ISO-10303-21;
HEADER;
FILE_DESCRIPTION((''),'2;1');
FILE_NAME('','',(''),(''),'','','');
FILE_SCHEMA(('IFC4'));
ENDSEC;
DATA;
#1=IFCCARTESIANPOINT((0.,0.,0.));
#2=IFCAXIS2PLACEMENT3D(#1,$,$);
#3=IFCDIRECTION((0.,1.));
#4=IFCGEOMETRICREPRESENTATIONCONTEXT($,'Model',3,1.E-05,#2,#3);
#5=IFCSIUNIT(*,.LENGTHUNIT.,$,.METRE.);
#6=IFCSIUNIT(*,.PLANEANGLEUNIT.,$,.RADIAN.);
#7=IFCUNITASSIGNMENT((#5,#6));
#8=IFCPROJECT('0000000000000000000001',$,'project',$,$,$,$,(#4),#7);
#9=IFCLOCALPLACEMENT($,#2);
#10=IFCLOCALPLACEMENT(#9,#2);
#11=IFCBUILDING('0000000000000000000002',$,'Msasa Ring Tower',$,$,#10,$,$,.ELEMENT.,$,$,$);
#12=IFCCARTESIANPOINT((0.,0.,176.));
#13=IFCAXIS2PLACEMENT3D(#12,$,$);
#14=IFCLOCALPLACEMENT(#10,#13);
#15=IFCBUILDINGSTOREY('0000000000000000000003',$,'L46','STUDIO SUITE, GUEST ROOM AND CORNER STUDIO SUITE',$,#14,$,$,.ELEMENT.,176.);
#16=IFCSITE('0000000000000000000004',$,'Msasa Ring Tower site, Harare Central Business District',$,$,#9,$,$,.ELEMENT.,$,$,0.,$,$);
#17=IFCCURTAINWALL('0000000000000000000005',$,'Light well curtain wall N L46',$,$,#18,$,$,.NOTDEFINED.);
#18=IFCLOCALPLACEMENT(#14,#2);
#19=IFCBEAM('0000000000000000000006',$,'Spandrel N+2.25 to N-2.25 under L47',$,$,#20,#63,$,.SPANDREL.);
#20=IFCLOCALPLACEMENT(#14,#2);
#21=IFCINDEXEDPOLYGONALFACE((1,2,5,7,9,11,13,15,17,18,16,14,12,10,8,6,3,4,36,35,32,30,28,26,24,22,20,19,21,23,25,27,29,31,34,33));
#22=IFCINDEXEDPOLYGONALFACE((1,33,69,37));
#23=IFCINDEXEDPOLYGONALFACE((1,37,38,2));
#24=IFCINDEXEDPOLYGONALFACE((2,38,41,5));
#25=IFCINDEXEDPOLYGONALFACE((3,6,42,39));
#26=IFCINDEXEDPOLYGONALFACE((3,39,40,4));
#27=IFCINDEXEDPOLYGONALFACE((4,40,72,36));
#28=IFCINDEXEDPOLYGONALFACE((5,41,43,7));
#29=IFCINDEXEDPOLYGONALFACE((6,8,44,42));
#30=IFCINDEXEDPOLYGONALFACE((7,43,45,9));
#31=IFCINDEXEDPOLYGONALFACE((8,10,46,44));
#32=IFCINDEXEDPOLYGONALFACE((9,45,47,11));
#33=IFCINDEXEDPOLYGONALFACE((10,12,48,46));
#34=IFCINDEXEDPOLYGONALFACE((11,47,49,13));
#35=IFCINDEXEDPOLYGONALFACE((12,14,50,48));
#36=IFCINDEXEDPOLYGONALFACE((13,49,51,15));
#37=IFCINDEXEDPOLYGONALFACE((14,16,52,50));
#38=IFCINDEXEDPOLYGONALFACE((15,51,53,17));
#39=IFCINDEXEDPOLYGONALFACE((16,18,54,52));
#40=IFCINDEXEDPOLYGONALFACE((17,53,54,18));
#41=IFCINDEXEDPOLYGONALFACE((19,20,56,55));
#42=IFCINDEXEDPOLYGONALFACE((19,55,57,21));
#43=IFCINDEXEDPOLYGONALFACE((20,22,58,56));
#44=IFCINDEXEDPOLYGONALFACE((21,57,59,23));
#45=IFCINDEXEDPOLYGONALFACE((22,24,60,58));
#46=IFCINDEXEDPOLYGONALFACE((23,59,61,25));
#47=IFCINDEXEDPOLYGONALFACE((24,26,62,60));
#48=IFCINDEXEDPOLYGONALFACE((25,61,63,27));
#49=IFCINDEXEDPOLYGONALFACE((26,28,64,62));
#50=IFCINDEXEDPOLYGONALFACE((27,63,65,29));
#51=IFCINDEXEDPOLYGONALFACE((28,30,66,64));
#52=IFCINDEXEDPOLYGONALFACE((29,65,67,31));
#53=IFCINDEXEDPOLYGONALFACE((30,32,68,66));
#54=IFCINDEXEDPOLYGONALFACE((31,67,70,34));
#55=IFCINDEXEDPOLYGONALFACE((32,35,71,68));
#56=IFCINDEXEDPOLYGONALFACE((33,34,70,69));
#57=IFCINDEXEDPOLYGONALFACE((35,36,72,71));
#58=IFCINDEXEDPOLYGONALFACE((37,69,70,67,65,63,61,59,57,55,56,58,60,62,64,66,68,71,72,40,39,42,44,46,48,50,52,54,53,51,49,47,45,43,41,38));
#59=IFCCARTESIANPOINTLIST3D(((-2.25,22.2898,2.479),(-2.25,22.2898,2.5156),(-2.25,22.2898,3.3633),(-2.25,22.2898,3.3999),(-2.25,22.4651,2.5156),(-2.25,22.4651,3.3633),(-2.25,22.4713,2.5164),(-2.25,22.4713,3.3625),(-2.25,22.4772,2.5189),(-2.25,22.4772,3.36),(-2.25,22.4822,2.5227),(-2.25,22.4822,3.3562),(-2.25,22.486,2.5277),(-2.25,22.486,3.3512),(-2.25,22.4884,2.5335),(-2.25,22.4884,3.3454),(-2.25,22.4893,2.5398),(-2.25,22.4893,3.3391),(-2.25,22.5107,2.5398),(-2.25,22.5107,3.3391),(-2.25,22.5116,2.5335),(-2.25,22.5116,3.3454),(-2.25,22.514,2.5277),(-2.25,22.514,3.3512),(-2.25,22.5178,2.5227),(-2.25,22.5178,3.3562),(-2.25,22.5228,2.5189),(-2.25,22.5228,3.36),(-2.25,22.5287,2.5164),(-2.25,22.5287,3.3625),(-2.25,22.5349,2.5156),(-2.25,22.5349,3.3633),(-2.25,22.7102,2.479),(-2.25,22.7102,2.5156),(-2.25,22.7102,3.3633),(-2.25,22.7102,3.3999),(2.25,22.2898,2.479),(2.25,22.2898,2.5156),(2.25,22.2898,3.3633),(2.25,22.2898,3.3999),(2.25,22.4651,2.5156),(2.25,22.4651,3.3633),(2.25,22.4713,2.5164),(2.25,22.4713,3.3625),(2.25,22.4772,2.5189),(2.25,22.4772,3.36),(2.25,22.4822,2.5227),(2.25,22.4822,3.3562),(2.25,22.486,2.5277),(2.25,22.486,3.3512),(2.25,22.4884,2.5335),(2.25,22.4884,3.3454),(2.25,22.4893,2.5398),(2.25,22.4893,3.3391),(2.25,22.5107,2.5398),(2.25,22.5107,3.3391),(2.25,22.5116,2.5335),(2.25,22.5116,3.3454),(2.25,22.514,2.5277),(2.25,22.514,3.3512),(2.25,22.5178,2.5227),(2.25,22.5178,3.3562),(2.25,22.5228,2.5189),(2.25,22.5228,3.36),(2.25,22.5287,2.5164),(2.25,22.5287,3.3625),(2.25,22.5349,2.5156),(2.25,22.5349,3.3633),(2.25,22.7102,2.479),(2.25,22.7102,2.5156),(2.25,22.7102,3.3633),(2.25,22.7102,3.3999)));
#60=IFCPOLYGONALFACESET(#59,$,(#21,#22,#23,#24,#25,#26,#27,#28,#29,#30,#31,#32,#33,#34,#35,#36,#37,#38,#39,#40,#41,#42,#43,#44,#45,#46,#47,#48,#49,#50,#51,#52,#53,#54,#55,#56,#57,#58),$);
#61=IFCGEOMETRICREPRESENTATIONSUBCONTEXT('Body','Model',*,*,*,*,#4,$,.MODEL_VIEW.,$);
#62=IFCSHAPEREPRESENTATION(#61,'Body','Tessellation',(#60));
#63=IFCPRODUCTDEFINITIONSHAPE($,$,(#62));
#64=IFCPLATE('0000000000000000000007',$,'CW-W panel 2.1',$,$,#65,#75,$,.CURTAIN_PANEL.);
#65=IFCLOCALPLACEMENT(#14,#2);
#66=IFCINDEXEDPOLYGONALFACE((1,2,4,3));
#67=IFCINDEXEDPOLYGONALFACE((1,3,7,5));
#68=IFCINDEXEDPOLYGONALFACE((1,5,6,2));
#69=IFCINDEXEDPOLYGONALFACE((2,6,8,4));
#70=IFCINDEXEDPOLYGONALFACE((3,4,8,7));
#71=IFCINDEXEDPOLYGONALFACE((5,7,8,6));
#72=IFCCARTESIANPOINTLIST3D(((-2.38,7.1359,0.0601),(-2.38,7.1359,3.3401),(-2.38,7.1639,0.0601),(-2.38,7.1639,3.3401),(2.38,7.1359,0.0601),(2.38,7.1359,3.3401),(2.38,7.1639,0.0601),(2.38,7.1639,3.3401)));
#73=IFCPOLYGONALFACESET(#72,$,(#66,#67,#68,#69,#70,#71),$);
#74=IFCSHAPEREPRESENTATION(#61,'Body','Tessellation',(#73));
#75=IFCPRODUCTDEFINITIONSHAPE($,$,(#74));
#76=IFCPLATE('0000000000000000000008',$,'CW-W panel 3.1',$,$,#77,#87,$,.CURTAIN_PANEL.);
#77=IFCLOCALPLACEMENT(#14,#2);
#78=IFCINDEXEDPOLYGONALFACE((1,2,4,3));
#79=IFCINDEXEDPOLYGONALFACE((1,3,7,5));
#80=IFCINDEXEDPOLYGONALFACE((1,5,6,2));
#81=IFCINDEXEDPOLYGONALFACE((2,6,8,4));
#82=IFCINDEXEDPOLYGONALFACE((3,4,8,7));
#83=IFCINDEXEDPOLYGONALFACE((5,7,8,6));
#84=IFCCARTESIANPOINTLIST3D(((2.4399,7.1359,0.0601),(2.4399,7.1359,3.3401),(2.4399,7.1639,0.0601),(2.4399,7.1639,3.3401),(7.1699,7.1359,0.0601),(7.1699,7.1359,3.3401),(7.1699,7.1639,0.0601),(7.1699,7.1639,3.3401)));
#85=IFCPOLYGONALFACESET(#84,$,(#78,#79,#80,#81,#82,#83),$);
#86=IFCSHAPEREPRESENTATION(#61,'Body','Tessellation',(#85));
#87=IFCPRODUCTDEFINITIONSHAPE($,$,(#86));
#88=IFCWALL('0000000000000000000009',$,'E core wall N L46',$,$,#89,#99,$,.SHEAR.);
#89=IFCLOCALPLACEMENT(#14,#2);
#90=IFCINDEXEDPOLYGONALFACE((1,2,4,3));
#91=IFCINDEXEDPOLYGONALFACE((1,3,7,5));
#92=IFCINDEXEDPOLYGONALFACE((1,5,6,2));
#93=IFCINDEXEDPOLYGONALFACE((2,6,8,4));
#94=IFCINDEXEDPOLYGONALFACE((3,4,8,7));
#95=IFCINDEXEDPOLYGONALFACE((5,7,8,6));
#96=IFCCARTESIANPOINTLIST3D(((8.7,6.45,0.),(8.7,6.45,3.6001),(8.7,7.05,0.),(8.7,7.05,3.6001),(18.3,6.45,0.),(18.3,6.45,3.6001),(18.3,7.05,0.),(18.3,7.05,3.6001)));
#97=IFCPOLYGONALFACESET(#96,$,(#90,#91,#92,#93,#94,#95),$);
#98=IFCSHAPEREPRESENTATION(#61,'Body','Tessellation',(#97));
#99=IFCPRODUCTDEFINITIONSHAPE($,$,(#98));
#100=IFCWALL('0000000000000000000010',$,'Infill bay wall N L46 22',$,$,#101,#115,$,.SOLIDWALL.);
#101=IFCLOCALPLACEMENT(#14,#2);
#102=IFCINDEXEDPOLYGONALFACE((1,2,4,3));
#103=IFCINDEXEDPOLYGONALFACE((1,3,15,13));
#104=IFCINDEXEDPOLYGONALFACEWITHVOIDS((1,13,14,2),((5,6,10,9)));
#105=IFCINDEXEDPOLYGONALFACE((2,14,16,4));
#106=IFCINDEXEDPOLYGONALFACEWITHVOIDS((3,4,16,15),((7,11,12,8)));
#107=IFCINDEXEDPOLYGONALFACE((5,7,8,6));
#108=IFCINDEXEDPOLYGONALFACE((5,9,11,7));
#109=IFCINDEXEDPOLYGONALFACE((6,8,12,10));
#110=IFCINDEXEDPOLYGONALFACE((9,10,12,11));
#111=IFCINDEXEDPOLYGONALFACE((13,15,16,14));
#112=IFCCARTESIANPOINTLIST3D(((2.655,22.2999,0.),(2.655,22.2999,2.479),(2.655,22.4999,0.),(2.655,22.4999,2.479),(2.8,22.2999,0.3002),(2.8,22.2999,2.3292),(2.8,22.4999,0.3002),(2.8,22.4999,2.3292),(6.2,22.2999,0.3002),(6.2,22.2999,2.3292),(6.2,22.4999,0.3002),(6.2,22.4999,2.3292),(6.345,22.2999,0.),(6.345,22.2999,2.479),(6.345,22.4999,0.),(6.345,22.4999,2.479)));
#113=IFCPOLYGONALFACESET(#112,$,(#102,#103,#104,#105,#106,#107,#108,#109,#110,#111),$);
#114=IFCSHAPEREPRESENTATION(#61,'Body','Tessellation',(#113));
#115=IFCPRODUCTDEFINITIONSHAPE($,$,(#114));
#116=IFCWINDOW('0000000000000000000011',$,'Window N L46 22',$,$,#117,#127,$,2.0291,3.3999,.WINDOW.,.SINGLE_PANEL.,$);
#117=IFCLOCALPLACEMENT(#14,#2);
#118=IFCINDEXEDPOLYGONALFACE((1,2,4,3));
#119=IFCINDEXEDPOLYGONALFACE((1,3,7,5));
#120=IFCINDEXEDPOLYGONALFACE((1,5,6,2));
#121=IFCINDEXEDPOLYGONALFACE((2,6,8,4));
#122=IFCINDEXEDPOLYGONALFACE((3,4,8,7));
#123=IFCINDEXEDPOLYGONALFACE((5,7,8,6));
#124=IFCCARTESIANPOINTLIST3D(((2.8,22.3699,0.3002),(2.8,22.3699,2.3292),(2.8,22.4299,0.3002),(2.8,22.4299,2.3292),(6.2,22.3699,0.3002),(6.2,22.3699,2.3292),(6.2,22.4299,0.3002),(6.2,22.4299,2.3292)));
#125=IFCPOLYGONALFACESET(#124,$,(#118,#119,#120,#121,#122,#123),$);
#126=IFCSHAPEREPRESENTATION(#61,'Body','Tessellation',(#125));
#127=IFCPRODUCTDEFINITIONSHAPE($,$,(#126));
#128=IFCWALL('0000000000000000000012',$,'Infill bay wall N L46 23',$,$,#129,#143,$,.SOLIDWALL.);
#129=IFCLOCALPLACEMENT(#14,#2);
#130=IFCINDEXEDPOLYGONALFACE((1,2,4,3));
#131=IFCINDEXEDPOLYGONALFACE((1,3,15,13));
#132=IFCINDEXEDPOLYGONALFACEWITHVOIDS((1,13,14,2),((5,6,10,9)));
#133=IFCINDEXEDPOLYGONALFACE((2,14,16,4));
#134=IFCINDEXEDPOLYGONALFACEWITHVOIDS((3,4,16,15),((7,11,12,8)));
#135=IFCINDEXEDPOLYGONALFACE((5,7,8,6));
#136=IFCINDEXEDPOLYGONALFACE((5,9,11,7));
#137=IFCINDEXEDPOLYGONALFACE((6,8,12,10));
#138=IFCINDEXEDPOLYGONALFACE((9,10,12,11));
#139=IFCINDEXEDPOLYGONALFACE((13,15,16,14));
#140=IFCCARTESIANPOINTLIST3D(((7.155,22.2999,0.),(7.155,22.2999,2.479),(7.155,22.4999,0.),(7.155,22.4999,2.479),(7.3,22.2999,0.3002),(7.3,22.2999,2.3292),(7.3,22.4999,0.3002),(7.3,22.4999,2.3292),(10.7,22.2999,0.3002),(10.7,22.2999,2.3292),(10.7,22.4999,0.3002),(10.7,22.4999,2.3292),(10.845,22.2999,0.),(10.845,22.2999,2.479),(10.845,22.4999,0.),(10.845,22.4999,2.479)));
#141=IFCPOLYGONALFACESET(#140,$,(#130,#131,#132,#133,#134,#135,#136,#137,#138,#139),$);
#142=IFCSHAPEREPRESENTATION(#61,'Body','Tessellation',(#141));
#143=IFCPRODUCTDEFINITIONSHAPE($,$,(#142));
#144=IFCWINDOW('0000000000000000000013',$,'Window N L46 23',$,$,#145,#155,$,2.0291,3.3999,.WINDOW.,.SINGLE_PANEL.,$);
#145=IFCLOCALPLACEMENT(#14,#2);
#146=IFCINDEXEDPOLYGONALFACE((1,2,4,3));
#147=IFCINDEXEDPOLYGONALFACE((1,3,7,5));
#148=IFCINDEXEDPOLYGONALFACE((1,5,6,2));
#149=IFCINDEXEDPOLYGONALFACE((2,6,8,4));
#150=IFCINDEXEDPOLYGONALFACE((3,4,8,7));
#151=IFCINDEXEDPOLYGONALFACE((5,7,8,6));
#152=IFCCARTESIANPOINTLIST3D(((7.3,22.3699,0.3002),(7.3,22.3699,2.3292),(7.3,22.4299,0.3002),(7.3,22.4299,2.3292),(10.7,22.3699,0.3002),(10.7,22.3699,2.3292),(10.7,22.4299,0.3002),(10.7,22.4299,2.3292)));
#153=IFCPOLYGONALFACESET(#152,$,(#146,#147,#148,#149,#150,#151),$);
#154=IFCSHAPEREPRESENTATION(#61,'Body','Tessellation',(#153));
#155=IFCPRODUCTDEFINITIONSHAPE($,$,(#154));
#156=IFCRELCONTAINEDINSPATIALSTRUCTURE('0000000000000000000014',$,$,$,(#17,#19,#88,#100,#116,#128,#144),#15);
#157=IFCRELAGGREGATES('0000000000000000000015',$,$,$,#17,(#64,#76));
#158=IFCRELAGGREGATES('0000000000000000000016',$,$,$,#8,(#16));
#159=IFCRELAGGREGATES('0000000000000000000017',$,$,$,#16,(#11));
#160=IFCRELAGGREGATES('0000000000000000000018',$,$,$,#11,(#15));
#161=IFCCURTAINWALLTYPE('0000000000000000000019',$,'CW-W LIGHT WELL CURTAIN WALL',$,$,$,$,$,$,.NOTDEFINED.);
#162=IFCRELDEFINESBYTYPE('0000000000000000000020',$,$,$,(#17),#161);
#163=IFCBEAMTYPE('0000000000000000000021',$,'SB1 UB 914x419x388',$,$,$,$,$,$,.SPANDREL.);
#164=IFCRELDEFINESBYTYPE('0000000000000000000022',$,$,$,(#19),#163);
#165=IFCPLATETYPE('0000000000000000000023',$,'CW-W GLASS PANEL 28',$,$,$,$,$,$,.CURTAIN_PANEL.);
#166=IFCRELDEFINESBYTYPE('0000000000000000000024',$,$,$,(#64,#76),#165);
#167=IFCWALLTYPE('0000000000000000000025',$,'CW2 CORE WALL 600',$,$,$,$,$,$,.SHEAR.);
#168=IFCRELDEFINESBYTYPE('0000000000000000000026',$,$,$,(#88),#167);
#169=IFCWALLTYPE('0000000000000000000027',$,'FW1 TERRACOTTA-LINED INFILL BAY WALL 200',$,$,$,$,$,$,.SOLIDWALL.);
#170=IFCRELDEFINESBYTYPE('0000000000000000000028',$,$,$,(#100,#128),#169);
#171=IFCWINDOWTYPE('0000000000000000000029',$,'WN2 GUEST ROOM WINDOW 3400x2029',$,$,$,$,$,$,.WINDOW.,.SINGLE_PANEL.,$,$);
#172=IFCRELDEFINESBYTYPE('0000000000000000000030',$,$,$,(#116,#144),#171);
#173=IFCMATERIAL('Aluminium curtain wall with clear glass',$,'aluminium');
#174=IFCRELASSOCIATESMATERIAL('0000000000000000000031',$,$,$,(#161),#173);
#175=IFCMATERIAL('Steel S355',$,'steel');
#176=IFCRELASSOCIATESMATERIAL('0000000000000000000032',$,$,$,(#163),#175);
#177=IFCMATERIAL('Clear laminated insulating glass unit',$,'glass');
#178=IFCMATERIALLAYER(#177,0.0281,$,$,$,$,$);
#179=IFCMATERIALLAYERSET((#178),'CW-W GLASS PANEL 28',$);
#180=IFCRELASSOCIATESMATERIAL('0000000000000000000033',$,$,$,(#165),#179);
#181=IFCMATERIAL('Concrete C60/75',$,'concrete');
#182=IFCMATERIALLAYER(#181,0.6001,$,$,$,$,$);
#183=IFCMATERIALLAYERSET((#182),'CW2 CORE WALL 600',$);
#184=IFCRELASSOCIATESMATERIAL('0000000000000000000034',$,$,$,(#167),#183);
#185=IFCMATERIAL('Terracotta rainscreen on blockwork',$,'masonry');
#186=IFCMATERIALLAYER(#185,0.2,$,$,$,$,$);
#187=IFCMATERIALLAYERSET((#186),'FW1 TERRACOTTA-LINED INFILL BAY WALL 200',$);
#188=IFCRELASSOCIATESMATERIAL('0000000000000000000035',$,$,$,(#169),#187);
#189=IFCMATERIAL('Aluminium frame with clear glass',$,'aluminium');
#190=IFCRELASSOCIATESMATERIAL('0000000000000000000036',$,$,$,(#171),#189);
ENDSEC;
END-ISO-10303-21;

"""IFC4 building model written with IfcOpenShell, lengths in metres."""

from ifc_helpers import new_model, si_unit, direction, frame, frame_2d, origin, origin_2d, place, context, subcontext, project, spatial, rectangle, i_section, extrude, material, layer, layer_set, material_profile, profile_set, type_object, element, fill, aggregate, save


model = new_model("IFC4")

# Units and contexts
model_context = context("Model", 3, precision=1e-05, world=origin(), true_north=direction((0.0, 1.0)))
body_context = subcontext(model_context, "Body", "Model", "MODEL_VIEW")
ifc_project = project(units=[si_unit("LENGTHUNIT", "METRE"), si_unit("PLANEANGLEUNIT", "RADIAN")], contexts=[model_context])

# Site, building, storey
site_placement = place(None, origin())
site = spatial("IfcSite", under=ifc_project, at=site_placement, Name="Msasa Ring Tower site, Harare Central Business District", CompositionType="ELEMENT", RefElevation=0.0)
building_placement = place(site_placement, origin())
building = spatial("IfcBuilding", under=site, at=building_placement, Name="Msasa Ring Tower", CompositionType="ELEMENT")
storey_placement = place(building_placement, frame((0.0, 0.0, 176.0)))
storey = spatial("IfcBuildingStorey", under=building, at=storey_placement, Name="L46", Description="STUDIO SUITE, GUEST ROOM AND CORNER STUDIO SUITE", CompositionType="ELEMENT", Elevation=176.0)

# Curtain wall
ifc_material_1 = material(Name="Aluminium curtain wall with clear glass", Category="aluminium")
curtain_wall_type = type_object("IfcCurtainWallType", Name="CW-W LIGHT WELL CURTAIN WALL", PredefinedType="NOTDEFINED", material=ifc_material_1)
curtain_wall_1_placement = place(storey_placement, origin())
curtain_wall_1 = element("IfcCurtainWall", 1, at=curtain_wall_1_placement, inside=storey, type_object=curtain_wall_type, Name="Light well curtain wall N L46", PredefinedType="NOTDEFINED")

# Beam
ifc_material_2 = material(Name="Steel S355", Category="steel")
ifc_material_profile_1 = material_profile(ifc_material_2, i_section(OverallWidth=0.4204, OverallDepth=0.9209, WebThickness=0.0215, FlangeThickness=0.0366, FilletRadius=0.0242, at=origin_2d()), Name="UB 914x419x388")
ifc_profile_set_1 = profile_set([ifc_material_profile_1], Name="Steel S355")
beam_type_1 = type_object("IfcBeamType", Name="SB1 UB 914x419x388", PredefinedType="SPANDREL", material=ifc_profile_set_1)
for number, where, z_axis, x_axis, name in (
    (2, (2.25, 22.5, 2.9395), (-1.0, 0.0, 0.0), (0.0, -1.0, 0.0), "Spandrel N+2.25 to N-2.25 under L47"),
):
    element("IfcBeam", number, at=place(storey_placement, frame(where, z_axis=z_axis, x_axis=x_axis)), inside=storey, type_object=beam_type_1, Name=name, PredefinedType="SPANDREL", context=body_context, shape_type="SweptSolid", body=[
        extrude(i_section(OverallWidth=0.4204, OverallDepth=0.9209, WebThickness=0.0215, FlangeThickness=0.0366, FilletRadius=0.0242, at=origin_2d()), origin(), (0.0, 0.0, 1.0), 4.5),
    ])

# Plates
ifc_material_3 = material(Name="Clear laminated insulating glass unit", Category="glass")
ifc_layer_1 = layer(ifc_material_3, 0.0281)
ifc_layer_set_1 = layer_set([ifc_layer_1], Name="CW-W GLASS PANEL 28")
plate_type = type_object("IfcPlateType", Name="CW-W GLASS PANEL 28", PredefinedType="CURTAIN_PANEL", material=ifc_layer_set_1)
plate_1_placement = place(storey_placement, frame((0.0, 7.1499, 0.0601), z_axis=(0.0, 0.0, 1.0), x_axis=(1.0, 0.0, 0.0)))
plate_1 = element("IfcPlate", 3, at=plate_1_placement, type_object=plate_type, Name="CW-W panel 2.1", PredefinedType="CURTAIN_PANEL", context=body_context, shape_type="SweptSolid", body=[
    extrude(rectangle(XDim=4.76, YDim=0.0281, at=origin_2d()), origin(), (0.0, 0.0, 1.0), 3.28),
])
plate_2_placement = place(storey_placement, frame((4.8049, 7.1499, 0.0601), z_axis=(0.0, 0.0, 1.0), x_axis=(1.0, 0.0, 0.0)))
plate_2 = element("IfcPlate", 4, at=plate_2_placement, type_object=plate_type, Name="CW-W panel 3.1", PredefinedType="CURTAIN_PANEL", context=body_context, shape_type="SweptSolid", body=[
    extrude(rectangle(XDim=4.73, YDim=0.0281, at=origin_2d()), origin(), (0.0, 0.0, 1.0), 3.28),
])
aggregate(curtain_wall_1, [plate_1, plate_2])

# Wall
ifc_material_4 = material(Name="Concrete C60/75", Category="concrete")
ifc_layer_2 = layer(ifc_material_4, 0.6001)
ifc_layer_set_2 = layer_set([ifc_layer_2], Name="CW2 CORE WALL 600")
wall_type_1 = type_object("IfcWallType", Name="CW2 CORE WALL 600", PredefinedType="SHEAR", material=ifc_layer_set_2)
wall_1_placement = place(storey_placement, frame((8.7, 6.75, 0.0), z_axis=(0.0, 0.0, 1.0), x_axis=(1.0, 0.0, 0.0)))
element("IfcWall", 5, at=wall_1_placement, inside=storey, type_object=wall_type_1, Name="E core wall N L46", PredefinedType="SHEAR", context=body_context, shape_type="SweptSolid", body=[
    extrude(rectangle(XDim=9.6001, YDim=0.6001, at=frame_2d((4.8, 0.0))), origin(), (0.0, 0.0, 1.0), 3.6001),
])

# Walls, openings, windows
ifc_material_5 = material(Name="Terracotta rainscreen on blockwork", Category="masonry")
ifc_layer_3 = layer(ifc_material_5, 0.2)
ifc_layer_set_3 = layer_set([ifc_layer_3], Name="FW1 TERRACOTTA-LINED INFILL BAY WALL 200")
wall_type_2 = type_object("IfcWallType", Name="FW1 TERRACOTTA-LINED INFILL BAY WALL 200", PredefinedType="SOLIDWALL", material=ifc_layer_set_3)
wall_2_placement = place(storey_placement, frame((2.655, 22.3999, 0.0), z_axis=(0.0, 0.0, 1.0), x_axis=(1.0, 0.0, 0.0)))
wall_2 = element("IfcWall", 6, at=wall_2_placement, inside=storey, type_object=wall_type_2, Name="Infill bay wall N L46 22", PredefinedType="SOLIDWALL", context=body_context, shape_type="SweptSolid", body=[
    extrude(rectangle(XDim=3.6899, YDim=0.2, at=frame_2d((1.845, 0.0))), origin(), (0.0, 0.0, 1.0), 2.479),
])
opening_1_placement = place(wall_2_placement, frame((0.145, 0.0, 0.3)))
opening_1 = element("IfcOpeningElement", 7, at=opening_1_placement, cuts=wall_2, PredefinedType="OPENING", context=body_context, shape_type="SweptSolid", body=[
    extrude(rectangle(XDim=3.3999, YDim=2.0291, at=frame_2d((1.7, 1.0146))), frame((0.0, 0.1099, 0.0), z_axis=(0.0, -1.0, 0.0), x_axis=(1.0, 0.0, 0.0)), (0.0, 0.0, 1.0), 0.22),
])
ifc_material_6 = material(Name="Aluminium frame with clear glass", Category="aluminium")
window_type = type_object("IfcWindowType", Name="WN2 GUEST ROOM WINDOW 3400x2029", PartitioningType="SINGLE_PANEL", PredefinedType="WINDOW", material=ifc_material_6)
window_1_placement = place(opening_1_placement, origin())
window_1 = element("IfcWindow", 8, at=window_1_placement, inside=storey, type_object=window_type, Name="Window N L46 22", OverallHeight=2.0291, OverallWidth=3.3999, PartitioningType="SINGLE_PANEL", PredefinedType="WINDOW", context=body_context, shape_type="SweptSolid", body=[
    extrude(rectangle(XDim=3.3999, YDim=2.0291, at=frame_2d((1.7, 1.0146))), frame((0.0, 0.03, 0.0), z_axis=(0.0, -1.0, 0.0), x_axis=(1.0, 0.0, 0.0)), (0.0, 0.0, 1.0), 0.0601),
])
fill(opening_1, window_1)
wall_3_placement = place(storey_placement, frame((7.155, 22.3999, 0.0), z_axis=(0.0, 0.0, 1.0), x_axis=(1.0, 0.0, 0.0)))
wall_3 = element("IfcWall", 9, at=wall_3_placement, inside=storey, type_object=wall_type_2, Name="Infill bay wall N L46 23", PredefinedType="SOLIDWALL", context=body_context, shape_type="SweptSolid", body=[
    extrude(rectangle(XDim=3.6899, YDim=0.2, at=frame_2d((1.845, 0.0))), origin(), (0.0, 0.0, 1.0), 2.479),
])
opening_2_placement = place(wall_3_placement, frame((0.145, 0.0, 0.3)))
opening_2 = element("IfcOpeningElement", 10, at=opening_2_placement, cuts=wall_3, PredefinedType="OPENING", context=body_context, shape_type="SweptSolid", body=[
    extrude(rectangle(XDim=3.3999, YDim=2.0291, at=frame_2d((1.7, 1.0146))), frame((0.0, 0.1099, 0.0), z_axis=(0.0, -1.0, 0.0), x_axis=(1.0, 0.0, 0.0)), (0.0, 0.0, 1.0), 0.22),
])
window_2_placement = place(opening_2_placement, origin())
window_2 = element("IfcWindow", 11, at=window_2_placement, inside=storey, type_object=window_type, Name="Window N L46 23", OverallHeight=2.0291, OverallWidth=3.3999, PartitioningType="SINGLE_PANEL", PredefinedType="WINDOW", context=body_context, shape_type="SweptSolid", body=[
    extrude(rectangle(XDim=3.3999, YDim=2.0291, at=frame_2d((1.7, 1.0146))), frame((0.0, 0.03, 0.0), z_axis=(0.0, -1.0, 0.0), x_axis=(1.0, 0.0, 0.0)), (0.0, 0.0, 1.0), 0.0601),
])
fill(opening_2, window_2)

save(model, "model.ifc")
